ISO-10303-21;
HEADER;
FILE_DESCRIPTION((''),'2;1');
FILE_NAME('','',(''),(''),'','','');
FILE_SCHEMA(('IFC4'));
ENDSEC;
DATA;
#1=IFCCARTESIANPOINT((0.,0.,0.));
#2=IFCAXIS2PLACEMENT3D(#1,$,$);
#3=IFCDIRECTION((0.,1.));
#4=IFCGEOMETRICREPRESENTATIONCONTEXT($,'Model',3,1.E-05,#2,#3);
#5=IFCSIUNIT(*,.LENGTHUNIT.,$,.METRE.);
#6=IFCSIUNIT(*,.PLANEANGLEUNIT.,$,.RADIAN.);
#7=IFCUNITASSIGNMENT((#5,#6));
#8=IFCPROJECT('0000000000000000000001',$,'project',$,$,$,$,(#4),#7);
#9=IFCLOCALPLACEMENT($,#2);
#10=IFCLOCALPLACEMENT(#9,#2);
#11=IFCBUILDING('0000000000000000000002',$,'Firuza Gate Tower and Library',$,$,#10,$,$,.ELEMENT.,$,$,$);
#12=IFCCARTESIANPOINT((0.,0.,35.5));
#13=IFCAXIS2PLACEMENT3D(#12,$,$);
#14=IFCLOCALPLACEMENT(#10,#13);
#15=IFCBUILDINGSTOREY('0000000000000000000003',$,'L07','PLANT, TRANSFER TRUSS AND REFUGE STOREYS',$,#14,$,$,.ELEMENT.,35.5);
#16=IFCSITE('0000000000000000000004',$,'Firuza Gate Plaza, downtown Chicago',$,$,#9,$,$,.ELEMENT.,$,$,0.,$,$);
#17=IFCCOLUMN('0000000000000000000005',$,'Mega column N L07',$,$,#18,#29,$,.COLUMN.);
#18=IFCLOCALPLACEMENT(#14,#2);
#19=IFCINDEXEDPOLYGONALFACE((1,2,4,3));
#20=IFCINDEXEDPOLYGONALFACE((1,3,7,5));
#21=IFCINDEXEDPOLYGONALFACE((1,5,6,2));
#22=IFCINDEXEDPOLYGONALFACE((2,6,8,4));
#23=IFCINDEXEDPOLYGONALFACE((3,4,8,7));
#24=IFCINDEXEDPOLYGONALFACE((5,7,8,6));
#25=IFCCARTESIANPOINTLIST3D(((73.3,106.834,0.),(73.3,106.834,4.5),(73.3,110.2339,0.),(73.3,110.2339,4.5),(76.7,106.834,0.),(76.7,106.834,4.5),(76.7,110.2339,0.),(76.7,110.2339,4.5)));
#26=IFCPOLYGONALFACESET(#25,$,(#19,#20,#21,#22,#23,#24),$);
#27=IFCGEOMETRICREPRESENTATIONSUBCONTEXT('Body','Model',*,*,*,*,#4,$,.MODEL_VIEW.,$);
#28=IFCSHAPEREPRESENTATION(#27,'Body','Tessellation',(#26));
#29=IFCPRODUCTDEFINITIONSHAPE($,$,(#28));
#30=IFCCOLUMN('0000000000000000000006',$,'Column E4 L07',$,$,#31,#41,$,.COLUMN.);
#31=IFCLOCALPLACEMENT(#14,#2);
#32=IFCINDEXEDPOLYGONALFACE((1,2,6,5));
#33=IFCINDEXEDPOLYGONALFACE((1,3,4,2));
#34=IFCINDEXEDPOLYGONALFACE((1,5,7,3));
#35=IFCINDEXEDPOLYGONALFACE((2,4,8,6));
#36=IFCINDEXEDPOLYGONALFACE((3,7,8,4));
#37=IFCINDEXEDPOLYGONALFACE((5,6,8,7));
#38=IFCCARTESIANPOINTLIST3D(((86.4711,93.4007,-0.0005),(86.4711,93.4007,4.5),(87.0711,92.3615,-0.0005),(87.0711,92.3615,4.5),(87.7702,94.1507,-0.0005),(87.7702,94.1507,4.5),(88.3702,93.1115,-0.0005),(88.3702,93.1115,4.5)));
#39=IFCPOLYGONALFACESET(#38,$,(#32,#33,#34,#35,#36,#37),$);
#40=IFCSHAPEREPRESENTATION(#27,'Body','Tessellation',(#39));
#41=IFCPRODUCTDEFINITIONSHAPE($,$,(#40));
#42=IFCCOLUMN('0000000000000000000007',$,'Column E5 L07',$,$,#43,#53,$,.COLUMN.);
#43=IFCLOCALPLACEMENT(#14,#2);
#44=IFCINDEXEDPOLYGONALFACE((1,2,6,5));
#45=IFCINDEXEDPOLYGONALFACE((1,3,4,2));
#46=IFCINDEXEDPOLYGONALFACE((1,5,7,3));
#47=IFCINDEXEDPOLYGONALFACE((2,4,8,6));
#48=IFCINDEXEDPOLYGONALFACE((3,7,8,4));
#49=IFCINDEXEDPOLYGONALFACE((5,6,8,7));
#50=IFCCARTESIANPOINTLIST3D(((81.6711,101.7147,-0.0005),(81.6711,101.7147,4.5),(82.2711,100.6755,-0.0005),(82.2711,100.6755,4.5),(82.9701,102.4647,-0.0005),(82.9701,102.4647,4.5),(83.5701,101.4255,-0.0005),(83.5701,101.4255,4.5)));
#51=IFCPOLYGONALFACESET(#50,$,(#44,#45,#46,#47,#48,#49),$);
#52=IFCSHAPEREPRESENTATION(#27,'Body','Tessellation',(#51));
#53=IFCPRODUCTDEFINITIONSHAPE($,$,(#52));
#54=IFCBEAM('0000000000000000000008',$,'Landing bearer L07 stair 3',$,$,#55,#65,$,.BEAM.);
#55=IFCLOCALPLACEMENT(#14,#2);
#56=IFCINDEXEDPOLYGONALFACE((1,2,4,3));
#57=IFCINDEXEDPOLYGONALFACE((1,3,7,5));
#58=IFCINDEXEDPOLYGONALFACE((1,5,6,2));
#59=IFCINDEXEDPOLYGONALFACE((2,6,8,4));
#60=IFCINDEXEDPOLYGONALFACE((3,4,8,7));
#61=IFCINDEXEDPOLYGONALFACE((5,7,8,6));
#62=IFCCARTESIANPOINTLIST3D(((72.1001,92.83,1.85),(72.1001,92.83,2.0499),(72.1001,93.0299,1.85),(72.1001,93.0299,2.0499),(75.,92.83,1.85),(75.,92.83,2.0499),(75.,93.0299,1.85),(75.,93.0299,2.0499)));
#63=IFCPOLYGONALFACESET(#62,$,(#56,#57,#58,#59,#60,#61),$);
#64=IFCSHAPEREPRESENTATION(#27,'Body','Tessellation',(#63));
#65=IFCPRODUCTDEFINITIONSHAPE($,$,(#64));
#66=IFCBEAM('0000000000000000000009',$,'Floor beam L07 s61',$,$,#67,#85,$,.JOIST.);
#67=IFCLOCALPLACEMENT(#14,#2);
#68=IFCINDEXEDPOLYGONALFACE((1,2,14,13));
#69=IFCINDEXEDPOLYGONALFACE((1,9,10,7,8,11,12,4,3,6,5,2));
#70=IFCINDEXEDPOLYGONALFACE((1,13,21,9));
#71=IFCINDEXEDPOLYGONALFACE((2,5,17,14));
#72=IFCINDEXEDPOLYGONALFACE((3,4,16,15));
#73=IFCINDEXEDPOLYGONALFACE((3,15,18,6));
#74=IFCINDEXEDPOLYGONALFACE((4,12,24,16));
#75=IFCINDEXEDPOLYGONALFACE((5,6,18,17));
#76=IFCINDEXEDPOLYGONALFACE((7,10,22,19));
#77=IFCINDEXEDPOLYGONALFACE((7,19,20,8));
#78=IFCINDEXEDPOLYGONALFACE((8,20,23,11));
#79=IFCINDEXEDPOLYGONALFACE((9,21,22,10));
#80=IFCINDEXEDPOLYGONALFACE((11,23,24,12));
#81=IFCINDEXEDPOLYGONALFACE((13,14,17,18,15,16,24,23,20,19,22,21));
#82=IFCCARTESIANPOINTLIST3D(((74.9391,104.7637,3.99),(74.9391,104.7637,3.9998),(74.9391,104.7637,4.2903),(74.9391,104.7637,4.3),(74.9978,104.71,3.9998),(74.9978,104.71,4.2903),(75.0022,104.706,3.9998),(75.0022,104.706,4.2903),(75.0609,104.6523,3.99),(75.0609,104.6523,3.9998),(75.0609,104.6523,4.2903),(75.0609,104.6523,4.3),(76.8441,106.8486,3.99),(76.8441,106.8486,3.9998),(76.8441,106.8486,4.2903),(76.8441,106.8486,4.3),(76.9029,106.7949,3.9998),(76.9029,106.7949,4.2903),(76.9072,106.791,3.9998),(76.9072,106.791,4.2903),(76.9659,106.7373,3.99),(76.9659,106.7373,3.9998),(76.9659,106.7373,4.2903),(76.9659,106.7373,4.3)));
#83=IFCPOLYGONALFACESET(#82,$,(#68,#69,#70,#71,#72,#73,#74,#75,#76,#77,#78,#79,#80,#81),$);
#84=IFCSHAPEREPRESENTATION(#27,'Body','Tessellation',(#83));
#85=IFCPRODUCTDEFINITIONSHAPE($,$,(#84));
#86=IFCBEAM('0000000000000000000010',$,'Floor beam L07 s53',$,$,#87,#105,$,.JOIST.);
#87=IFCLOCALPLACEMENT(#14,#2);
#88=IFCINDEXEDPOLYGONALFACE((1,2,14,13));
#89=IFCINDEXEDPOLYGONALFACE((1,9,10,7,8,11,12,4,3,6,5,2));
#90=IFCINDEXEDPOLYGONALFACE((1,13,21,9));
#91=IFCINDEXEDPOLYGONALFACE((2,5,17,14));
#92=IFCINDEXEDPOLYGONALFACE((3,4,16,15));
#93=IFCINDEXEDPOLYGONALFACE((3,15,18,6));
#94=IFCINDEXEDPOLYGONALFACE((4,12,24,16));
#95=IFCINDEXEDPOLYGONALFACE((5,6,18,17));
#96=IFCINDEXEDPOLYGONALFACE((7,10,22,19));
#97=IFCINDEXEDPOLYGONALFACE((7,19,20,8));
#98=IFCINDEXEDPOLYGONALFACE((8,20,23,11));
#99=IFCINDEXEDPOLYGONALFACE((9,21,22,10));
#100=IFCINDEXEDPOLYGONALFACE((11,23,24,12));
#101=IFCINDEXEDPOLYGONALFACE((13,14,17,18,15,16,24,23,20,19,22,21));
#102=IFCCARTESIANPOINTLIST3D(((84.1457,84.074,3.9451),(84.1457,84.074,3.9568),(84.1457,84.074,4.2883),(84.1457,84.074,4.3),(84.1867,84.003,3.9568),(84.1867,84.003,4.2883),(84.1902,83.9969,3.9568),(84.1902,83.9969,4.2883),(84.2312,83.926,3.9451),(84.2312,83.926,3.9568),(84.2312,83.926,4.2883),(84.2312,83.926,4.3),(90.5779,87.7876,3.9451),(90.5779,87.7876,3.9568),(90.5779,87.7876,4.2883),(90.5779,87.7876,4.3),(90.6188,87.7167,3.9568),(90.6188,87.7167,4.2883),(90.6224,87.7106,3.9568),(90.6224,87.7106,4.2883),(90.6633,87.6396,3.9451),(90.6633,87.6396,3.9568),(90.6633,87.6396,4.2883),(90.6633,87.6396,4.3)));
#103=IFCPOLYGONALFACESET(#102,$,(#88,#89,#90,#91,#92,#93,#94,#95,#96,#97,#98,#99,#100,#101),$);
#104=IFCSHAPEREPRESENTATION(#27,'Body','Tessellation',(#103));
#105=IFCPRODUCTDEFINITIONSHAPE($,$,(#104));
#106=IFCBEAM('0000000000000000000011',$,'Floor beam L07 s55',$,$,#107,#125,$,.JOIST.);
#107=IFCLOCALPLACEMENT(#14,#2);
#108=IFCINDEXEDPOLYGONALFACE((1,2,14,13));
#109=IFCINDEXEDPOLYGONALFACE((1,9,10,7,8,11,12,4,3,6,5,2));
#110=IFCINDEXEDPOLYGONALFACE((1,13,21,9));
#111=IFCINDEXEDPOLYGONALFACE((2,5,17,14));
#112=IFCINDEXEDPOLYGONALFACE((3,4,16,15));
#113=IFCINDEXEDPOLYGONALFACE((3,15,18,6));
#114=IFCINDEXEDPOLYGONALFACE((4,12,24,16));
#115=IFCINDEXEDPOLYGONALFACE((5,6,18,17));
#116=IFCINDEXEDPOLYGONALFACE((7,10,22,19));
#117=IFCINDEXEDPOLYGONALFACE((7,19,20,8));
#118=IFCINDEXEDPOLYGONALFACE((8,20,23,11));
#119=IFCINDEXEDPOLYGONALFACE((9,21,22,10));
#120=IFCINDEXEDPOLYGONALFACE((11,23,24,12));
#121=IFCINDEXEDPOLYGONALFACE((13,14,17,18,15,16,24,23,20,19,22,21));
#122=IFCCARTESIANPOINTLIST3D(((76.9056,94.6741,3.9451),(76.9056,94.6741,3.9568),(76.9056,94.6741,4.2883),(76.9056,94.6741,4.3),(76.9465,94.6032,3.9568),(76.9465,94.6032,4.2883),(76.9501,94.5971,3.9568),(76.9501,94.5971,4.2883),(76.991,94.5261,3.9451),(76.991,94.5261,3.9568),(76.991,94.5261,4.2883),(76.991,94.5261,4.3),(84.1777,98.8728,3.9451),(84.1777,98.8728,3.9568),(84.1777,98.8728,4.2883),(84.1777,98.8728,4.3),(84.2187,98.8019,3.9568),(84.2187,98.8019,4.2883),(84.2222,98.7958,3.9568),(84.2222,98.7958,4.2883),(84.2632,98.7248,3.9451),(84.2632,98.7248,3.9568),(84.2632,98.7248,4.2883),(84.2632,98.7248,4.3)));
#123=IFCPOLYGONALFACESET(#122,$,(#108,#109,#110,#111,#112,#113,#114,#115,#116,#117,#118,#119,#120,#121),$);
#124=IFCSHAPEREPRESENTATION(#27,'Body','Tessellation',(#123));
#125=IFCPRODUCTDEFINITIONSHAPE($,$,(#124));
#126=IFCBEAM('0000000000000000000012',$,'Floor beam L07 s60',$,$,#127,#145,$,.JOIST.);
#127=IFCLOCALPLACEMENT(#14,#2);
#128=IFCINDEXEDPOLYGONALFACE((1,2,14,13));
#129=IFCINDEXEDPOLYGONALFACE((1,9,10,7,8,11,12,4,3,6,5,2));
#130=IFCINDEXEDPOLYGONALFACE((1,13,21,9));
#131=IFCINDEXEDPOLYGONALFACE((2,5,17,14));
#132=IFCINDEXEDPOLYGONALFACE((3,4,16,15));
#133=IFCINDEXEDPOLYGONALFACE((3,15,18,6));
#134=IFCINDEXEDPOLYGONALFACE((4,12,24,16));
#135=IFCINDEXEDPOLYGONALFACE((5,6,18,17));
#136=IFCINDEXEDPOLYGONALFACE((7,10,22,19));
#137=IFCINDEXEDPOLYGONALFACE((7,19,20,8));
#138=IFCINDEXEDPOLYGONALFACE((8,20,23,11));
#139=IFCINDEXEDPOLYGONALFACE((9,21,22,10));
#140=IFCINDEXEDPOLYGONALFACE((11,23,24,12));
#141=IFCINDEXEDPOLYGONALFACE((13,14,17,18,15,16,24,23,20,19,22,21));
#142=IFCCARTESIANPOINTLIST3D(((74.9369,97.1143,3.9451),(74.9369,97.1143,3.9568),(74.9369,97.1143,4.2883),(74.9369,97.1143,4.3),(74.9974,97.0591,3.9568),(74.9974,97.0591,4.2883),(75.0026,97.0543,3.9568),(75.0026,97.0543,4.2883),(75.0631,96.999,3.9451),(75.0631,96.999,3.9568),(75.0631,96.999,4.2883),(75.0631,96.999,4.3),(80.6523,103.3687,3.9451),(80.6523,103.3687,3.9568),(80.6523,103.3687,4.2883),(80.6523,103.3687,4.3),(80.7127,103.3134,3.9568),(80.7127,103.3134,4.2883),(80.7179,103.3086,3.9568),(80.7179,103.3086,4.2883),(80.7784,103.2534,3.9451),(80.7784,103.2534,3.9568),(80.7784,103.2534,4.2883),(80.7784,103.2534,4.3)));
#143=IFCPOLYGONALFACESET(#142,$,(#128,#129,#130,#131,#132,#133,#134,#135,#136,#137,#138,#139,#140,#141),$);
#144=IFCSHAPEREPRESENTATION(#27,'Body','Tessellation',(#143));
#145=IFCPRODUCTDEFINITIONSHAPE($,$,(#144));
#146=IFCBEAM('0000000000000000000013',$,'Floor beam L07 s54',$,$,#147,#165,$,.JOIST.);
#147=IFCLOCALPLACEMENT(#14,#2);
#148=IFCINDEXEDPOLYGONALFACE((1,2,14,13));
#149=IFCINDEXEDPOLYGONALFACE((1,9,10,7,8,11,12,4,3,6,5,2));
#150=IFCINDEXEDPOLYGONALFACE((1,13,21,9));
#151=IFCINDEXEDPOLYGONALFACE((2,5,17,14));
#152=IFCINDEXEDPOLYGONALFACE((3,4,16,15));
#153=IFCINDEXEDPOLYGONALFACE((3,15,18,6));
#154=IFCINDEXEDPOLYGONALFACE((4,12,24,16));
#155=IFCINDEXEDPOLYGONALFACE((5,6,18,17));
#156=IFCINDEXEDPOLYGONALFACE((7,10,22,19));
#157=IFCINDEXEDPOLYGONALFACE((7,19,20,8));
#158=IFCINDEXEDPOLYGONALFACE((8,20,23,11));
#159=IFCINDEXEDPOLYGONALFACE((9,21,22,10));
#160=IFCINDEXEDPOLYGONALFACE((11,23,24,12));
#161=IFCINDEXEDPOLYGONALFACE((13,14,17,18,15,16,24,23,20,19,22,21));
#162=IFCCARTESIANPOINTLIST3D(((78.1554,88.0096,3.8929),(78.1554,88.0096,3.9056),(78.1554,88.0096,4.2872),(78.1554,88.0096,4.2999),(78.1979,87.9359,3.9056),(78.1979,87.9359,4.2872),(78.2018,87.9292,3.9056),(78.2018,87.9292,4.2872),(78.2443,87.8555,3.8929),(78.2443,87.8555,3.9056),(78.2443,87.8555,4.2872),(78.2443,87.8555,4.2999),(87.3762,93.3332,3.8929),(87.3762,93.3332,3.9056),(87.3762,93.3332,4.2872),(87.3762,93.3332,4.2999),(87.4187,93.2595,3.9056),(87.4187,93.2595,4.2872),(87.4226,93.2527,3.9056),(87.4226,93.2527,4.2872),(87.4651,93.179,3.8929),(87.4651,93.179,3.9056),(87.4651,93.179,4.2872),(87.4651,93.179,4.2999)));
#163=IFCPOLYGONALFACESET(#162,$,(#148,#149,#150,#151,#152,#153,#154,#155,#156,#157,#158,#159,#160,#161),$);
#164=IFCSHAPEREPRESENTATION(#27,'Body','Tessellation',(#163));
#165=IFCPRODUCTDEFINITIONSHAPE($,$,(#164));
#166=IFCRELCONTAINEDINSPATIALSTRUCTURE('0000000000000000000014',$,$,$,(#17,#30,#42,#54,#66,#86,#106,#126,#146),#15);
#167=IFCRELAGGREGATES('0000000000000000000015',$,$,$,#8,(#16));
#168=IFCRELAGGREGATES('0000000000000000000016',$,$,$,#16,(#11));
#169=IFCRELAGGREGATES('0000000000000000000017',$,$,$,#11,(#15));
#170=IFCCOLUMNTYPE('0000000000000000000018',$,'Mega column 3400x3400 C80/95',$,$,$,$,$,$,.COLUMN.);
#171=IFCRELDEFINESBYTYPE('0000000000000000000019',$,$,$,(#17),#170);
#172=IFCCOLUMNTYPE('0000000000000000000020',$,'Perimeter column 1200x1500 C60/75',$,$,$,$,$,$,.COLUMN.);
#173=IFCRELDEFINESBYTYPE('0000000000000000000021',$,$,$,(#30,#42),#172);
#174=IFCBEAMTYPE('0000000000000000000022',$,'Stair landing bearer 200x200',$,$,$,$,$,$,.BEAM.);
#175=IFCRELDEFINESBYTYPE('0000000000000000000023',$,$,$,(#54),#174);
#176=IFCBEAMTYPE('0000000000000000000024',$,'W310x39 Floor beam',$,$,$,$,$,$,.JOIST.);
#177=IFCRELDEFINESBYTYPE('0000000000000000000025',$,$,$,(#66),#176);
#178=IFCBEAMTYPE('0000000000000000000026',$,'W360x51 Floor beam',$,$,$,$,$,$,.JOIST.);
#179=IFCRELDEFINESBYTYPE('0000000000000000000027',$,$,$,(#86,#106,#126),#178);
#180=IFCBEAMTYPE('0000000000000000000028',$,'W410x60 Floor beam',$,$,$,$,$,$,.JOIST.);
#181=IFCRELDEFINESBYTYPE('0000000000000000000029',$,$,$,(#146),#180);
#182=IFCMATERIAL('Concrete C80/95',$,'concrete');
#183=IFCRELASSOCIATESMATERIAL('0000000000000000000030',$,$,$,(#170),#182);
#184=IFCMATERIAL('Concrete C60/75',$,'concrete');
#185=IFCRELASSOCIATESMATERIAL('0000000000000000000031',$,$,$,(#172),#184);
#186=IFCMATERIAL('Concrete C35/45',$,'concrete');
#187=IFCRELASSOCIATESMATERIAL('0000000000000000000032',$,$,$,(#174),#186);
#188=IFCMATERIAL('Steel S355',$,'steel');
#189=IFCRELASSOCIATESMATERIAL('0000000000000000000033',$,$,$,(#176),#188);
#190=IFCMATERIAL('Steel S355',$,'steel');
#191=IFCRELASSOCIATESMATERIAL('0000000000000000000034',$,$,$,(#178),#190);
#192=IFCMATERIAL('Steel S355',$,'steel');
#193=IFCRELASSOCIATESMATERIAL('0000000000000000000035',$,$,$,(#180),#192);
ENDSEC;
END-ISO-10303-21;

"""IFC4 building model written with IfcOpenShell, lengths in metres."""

from ifc_helpers import new_model, si_unit, direction, frame, origin, origin_2d, place, context, subcontext, project, spatial, rectangle, i_section, extrude, material, material_profile, profile_set, type_object, element, save


model = new_model("IFC4")

# Units and contexts
model_context = context("Model", 3, precision=1e-05, world=origin(), true_north=direction((0.0, 1.0)))
body_context = subcontext(model_context, "Body", "Model", "MODEL_VIEW")
ifc_project = project(units=[si_unit("LENGTHUNIT", "METRE"), si_unit("PLANEANGLEUNIT", "RADIAN")], contexts=[model_context])

# Site, building, storey
site_placement = place(None, origin())
site = spatial("IfcSite", under=ifc_project, at=site_placement, Name="Firuza Gate Plaza, downtown Chicago", CompositionType="ELEMENT", RefElevation=0.0)
building_placement = place(site_placement, origin())
building = spatial("IfcBuilding", under=site, at=building_placement, Name="Firuza Gate Tower and Library", CompositionType="ELEMENT")
storey_placement = place(building_placement, frame((0.0, 0.0, 35.5)))
storey = spatial("IfcBuildingStorey", under=building, at=storey_placement, Name="L07", Description="PLANT, TRANSFER TRUSS AND REFUGE STOREYS", CompositionType="ELEMENT", Elevation=35.5)

# Columns
ifc_material_1 = material(Name="Concrete C80/95", Category="concrete")
ifc_material_profile_1 = material_profile(ifc_material_1, rectangle(XDim=3.3999, YDim=3.3999, at=origin_2d()))
ifc_profile_set_1 = profile_set([ifc_material_profile_1], Name="Concrete C80/95")
column_type_1 = type_object("IfcColumnType", Name="Mega column 3400x3400 C80/95", PredefinedType="COLUMN", material=ifc_profile_set_1)
column_placement = place(storey_placement, frame((75.0, 108.5339, 0.0), z_axis=(0.0, 0.0, 1.0), x_axis=(-1.0, 0.0, 0.0)))
element("IfcColumn", 1, at=column_placement, inside=storey, type_object=column_type_1, Name="Mega column N L07", PredefinedType="COLUMN", context=body_context, shape_type="SweptSolid", body=[
    extrude(rectangle(XDim=3.3999, YDim=3.3999, at=origin_2d()), origin(), (0.0, 0.0, 1.0), 4.5),
])
ifc_material_2 = material(Name="Concrete C60/75", Category="concrete")
ifc_material_profile_2 = material_profile(ifc_material_2, rectangle(XDim=1.2, YDim=1.5, at=origin_2d()))
ifc_profile_set_2 = profile_set([ifc_material_profile_2], Name="Concrete C60/75")
column_type_2 = type_object("IfcColumnType", Name="Perimeter column 1200x1500 C60/75", PredefinedType="COLUMN", material=ifc_profile_set_2)
for number, where, z_axis, x_axis, name in (
    (2, (87.4207, 93.2561, -0.0005), (0.0, 0.0, 1.0), (-0.5, 0.866025, 0.0), "Column E4 L07"),
    (3, (82.6206, 101.5701, -0.0005), (0.0, 0.0, 1.0), (-0.5, 0.866025, 0.0), "Column E5 L07"),
):
    element("IfcColumn", number, at=place(storey_placement, frame(where, z_axis=z_axis, x_axis=x_axis)), inside=storey, type_object=column_type_2, Name=name, PredefinedType="COLUMN", context=body_context, shape_type="SweptSolid", body=[
        extrude(rectangle(XDim=1.2, YDim=1.5, at=origin_2d()), origin(), (0.0, 0.0, 1.0), 4.5005),
    ])

# Beams
ifc_material_3 = material(Name="Concrete C35/45", Category="concrete")
ifc_material_profile_3 = material_profile(ifc_material_3, rectangle(XDim=0.2, YDim=0.2, at=origin_2d()))
ifc_profile_set_3 = profile_set([ifc_material_profile_3], Name="Concrete C35/45")
beam_type_1 = type_object("IfcBeamType", Name="Stair landing bearer 200x200", PredefinedType="BEAM", material=ifc_profile_set_3)
beam_1_placement = place(storey_placement, frame((75.0, 92.9299, 1.95), z_axis=(-1.0, 0.0, 0.0), x_axis=(0.0, -1.0, 0.0)))
element("IfcBeam", 4, at=beam_1_placement, inside=storey, type_object=beam_type_1, Name="Landing bearer L07 stair 3", PredefinedType="BEAM", context=body_context, shape_type="SweptSolid", body=[
    extrude(rectangle(XDim=0.2, YDim=0.2, at=origin_2d()), origin(), (0.0, 0.0, 1.0), 2.8999),
])
ifc_material_4 = material(Name="Steel S355", Category="steel")
ifc_material_profile_4 = material_profile(ifc_material_4, i_section(OverallWidth=0.165, OverallDepth=0.3101, WebThickness=0.0059, FlangeThickness=0.0098, at=origin_2d()))
ifc_profile_set_4 = profile_set([ifc_material_profile_4], Name="Steel S355")
beam_type_2 = type_object("IfcBeamType", Name="W310x39 Floor beam", PredefinedType="JOIST", material=ifc_profile_set_4)
beam_2_placement = place(storey_placement, frame((76.905, 106.793, 4.145), z_axis=(-0.674534, -0.738244, 0.0), x_axis=(0.738244, -0.674534, 0.0)))
element("IfcBeam", 5, at=beam_2_placement, inside=storey, type_object=beam_type_2, Name="Floor beam L07 s61", PredefinedType="JOIST", context=body_context, shape_type="SweptSolid", body=[
    extrude(i_section(OverallWidth=0.165, OverallDepth=0.3101, WebThickness=0.0059, FlangeThickness=0.0098, at=origin_2d()), origin(), (0.0, 0.0, 1.0), 2.8242),
])
ifc_material_5 = material(Name="Steel S355", Category="steel")
ifc_material_profile_5 = material_profile(ifc_material_5, i_section(OverallWidth=0.1709, OverallDepth=0.355, WebThickness=0.0071, FlangeThickness=0.0117, at=origin_2d()))
ifc_profile_set_5 = profile_set([ifc_material_profile_5], Name="Steel S355")
beam_type_3 = type_object("IfcBeamType", Name="W360x51 Floor beam", PredefinedType="JOIST", material=ifc_profile_set_5)
beam_3_placement = place(storey_placement, frame((90.6206, 87.7136, 4.1226), z_axis=(-0.866024, -0.500003, 0.0), x_axis=(0.500003, -0.866024, 0.0)))
element("IfcBeam", 6, at=beam_3_placement, inside=storey, type_object=beam_type_3, Name="Floor beam L07 s53", PredefinedType="JOIST", context=body_context, shape_type="SweptSolid", body=[
    extrude(i_section(OverallWidth=0.1709, OverallDepth=0.355, WebThickness=0.0071, FlangeThickness=0.0117, at=origin_2d()), origin(), (0.0, 0.0, 1.0), 7.4272),
])
beam_4_placement = place(storey_placement, frame((84.2205, 98.7988, 4.1226), z_axis=(-0.86602, -0.50001, 0.0), x_axis=(0.50001, -0.86602, 0.0)))
element("IfcBeam", 7, at=beam_4_placement, inside=storey, type_object=beam_type_3, Name="Floor beam L07 s55", PredefinedType="JOIST", context=body_context, shape_type="SweptSolid", body=[
    extrude(i_section(OverallWidth=0.1709, OverallDepth=0.355, WebThickness=0.0071, FlangeThickness=0.0117, at=origin_2d()), origin(), (0.0, 0.0, 1.0), 8.3972),
])
beam_5_placement = place(storey_placement, frame((80.7153, 103.311, 4.1226), z_axis=(-0.674578, -0.738203, 0.0), x_axis=(0.738203, -0.674578, 0.0)))
element("IfcBeam", 8, at=beam_5_placement, inside=storey, type_object=beam_type_3, Name="Floor beam L07 s60", PredefinedType="JOIST", context=body_context, shape_type="SweptSolid", body=[
    extrude(i_section(OverallWidth=0.1709, OverallDepth=0.355, WebThickness=0.0071, FlangeThickness=0.0117, at=origin_2d()), origin(), (0.0, 0.0, 1.0), 8.4724),
])
ifc_material_6 = material(Name="Steel S355", Category="steel")
ifc_material_profile_6 = material_profile(ifc_material_6, i_section(OverallWidth=0.178, OverallDepth=0.407, WebThickness=0.0078, FlangeThickness=0.0127, at=origin_2d()))
ifc_profile_set_6 = profile_set([ifc_material_profile_6], Name="Steel S355")
beam_type_4 = type_object("IfcBeamType", Name="W410x60 Floor beam", PredefinedType="JOIST", material=ifc_profile_set_6)
beam_6_placement = place(storey_placement, frame((87.4207, 93.2561, 4.0964), z_axis=(-0.866029, -0.499994, 0.0), x_axis=(0.499994, -0.866029, 0.0)))
element("IfcBeam", 9, at=beam_6_placement, inside=storey, type_object=beam_type_4, Name="Floor beam L07 s54", PredefinedType="JOIST", context=body_context, shape_type="SweptSolid", body=[
    extrude(i_section(OverallWidth=0.178, OverallDepth=0.407, WebThickness=0.0078, FlangeThickness=0.0127, at=origin_2d()), origin(), (0.0, 0.0, 1.0), 10.6472),
])

save(model, "model.ifc")
